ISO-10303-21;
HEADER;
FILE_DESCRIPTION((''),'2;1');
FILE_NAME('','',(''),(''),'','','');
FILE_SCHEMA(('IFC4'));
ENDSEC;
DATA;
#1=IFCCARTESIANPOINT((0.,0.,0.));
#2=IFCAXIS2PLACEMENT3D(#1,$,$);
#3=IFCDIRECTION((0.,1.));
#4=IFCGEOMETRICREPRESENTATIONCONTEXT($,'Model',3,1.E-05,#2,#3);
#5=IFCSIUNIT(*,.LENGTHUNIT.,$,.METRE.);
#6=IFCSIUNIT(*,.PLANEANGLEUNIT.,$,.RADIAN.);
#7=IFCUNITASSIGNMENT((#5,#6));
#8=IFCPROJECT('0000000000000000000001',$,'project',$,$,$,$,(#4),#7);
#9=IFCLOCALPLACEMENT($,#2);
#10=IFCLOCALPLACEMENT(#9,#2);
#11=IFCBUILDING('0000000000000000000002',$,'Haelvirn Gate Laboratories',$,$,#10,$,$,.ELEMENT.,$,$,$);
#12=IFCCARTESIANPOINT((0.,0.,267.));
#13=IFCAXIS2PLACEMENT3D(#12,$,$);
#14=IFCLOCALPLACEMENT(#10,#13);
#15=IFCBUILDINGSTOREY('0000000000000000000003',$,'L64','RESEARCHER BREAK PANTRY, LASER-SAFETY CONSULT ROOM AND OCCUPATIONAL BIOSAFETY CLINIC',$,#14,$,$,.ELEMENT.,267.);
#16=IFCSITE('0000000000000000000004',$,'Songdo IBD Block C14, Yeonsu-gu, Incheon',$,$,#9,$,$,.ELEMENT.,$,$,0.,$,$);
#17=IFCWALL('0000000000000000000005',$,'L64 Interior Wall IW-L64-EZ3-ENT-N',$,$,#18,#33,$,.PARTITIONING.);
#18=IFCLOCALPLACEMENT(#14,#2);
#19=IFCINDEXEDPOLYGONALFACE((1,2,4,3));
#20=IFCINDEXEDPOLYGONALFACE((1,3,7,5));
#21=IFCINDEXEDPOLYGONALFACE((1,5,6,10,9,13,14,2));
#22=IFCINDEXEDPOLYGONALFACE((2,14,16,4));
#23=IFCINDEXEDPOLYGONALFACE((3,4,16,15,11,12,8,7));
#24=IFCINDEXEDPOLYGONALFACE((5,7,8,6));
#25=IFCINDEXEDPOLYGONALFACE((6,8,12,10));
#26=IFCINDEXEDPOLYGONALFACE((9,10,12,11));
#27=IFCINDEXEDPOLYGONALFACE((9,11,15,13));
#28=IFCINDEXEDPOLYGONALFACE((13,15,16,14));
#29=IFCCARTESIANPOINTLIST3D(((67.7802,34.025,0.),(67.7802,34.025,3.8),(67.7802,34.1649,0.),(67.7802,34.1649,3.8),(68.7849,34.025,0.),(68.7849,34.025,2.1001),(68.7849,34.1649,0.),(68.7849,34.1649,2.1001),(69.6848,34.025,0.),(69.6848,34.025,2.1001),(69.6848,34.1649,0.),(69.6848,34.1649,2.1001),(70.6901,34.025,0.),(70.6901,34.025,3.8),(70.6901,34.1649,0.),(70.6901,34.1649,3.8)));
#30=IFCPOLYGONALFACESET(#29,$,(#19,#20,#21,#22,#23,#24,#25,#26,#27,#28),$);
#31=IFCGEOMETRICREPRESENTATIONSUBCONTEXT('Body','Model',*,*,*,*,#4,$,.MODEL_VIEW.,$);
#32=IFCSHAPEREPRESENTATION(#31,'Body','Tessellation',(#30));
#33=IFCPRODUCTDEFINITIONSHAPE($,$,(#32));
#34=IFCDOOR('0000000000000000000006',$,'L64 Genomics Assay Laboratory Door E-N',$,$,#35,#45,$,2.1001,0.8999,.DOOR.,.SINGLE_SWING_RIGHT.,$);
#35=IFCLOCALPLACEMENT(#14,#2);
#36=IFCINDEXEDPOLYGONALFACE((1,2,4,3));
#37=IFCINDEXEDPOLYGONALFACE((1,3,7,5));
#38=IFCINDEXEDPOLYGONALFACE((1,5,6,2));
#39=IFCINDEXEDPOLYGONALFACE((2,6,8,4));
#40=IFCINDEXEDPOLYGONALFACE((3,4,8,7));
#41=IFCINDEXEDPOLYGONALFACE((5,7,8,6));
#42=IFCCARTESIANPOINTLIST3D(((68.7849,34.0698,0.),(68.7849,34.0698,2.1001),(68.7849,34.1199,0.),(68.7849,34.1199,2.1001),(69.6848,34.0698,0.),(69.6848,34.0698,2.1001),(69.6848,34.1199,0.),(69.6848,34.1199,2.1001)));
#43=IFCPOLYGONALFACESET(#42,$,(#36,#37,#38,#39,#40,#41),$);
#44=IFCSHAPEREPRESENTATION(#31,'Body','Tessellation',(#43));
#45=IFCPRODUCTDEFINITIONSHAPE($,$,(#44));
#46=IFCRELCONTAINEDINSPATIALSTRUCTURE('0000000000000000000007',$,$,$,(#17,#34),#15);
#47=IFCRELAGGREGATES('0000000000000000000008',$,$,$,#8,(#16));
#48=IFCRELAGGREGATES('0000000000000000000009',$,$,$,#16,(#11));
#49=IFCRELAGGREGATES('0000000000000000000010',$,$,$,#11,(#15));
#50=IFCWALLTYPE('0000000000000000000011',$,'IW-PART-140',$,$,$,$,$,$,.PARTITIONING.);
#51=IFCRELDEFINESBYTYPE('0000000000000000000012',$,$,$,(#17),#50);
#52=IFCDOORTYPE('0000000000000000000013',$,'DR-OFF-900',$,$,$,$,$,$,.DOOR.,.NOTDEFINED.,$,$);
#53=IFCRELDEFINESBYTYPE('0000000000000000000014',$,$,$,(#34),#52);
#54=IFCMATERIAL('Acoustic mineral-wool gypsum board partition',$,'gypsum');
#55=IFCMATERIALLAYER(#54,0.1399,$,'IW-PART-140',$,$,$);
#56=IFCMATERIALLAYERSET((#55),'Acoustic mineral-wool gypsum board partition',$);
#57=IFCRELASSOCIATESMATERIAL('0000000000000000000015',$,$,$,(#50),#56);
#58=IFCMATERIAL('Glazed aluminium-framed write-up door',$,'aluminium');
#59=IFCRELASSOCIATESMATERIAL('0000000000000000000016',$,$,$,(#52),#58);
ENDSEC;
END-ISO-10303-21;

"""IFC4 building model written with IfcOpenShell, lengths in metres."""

from ifc_helpers import new_model, si_unit, direction, frame, frame_2d, origin, place, context, subcontext, project, spatial, rectangle, extrude, source, transform, mapped, material, layer, layer_set, type_object, type_shapes, element, fill, save


model = new_model("IFC4")

# Units and contexts
model_context = context("Model", 3, precision=1e-05, world=origin(), true_north=direction((0.0, 1.0)))
body_context = subcontext(model_context, "Body", "Model", "MODEL_VIEW")
ifc_project = project(units=[si_unit("LENGTHUNIT", "METRE"), si_unit("PLANEANGLEUNIT", "RADIAN")], contexts=[model_context])

# Site, building, storey
site_placement = place(None, origin())
site = spatial("IfcSite", under=ifc_project, at=site_placement, Name="Songdo IBD Block C14, Yeonsu-gu, Incheon", CompositionType="ELEMENT", RefElevation=0.0)
building_placement = place(site_placement, origin())
building = spatial("IfcBuilding", under=site, at=building_placement, Name="Haelvirn Gate Laboratories", CompositionType="ELEMENT")
storey_placement = place(building_placement, frame((0.0, 0.0, 267.0)))
storey = spatial("IfcBuildingStorey", under=building, at=storey_placement, Name="L64", Description="RESEARCHER BREAK PANTRY, LASER-SAFETY CONSULT ROOM AND OCCUPATIONAL BIOSAFETY CLINIC", CompositionType="ELEMENT", Elevation=267.0)

# Wall, opening, door
ifc_material_1 = material(Name="Acoustic mineral-wool gypsum board partition", Category="gypsum")
ifc_layer_1 = layer(ifc_material_1, 0.1399, Name="IW-PART-140")
ifc_layer_set_1 = layer_set([ifc_layer_1], Name="Acoustic mineral-wool gypsum board partition")
wall_type_1 = type_object("IfcWallType", Name="IW-PART-140", PredefinedType="PARTITIONING", material=ifc_layer_set_1)
wall_1_placement = place(storey_placement, frame((67.78, 34.095, 0.0), z_axis=(0.0, 0.0, 1.0), x_axis=(1.0, 0.0, 0.0)))
wall_1 = element("IfcWall", 1, at=wall_1_placement, inside=storey, type_object=wall_type_1, Name="L64 Interior Wall IW-L64-EZ3-ENT-N", PredefinedType="PARTITIONING", context=body_context, shape_type="SweptSolid", body=[
    extrude(rectangle(XDim=2.9099, YDim=0.1399, at=frame_2d((1.4551, 0.0))), origin(), (0.0, 0.0, 1.0), 3.8),
])
opening_placement = place(wall_1_placement, frame((1.0049, 0.0, 0.0)))
opening = element("IfcOpeningElement", 2, at=opening_placement, cuts=wall_1, PredefinedType="OPENING", context=body_context, shape_type="SweptSolid", body=[
    extrude(rectangle(XDim=0.8999, YDim=2.1001, at=frame_2d((0.45, 1.05))), frame((0.0, 0.0801, 0.0), z_axis=(0.0, -1.0, 0.0), x_axis=(1.0, 0.0, 0.0)), (0.0, 0.0, 1.0), 0.1599),
])
ifc_material_2 = material(Name="Glazed aluminium-framed write-up door", Category="aluminium")
door_type = type_object("IfcDoorType", Name="DR-OFF-900", OperationType="NOTDEFINED", PredefinedType="DOOR", material=ifc_material_2)
shared_shape_1 = source(origin(), body_context, "Body", "SweptSolid", [
    extrude(rectangle(XDim=0.8999, YDim=2.1001, at=frame_2d((0.45, 1.05))), frame((0.0, 0.0249, 0.0), z_axis=(0.0, -1.0, 0.0), x_axis=(1.0, 0.0, 0.0)), (0.0, 0.0, 1.0), 0.05),
])
type_shapes(door_type, [shared_shape_1])
door_placement = place(opening_placement, origin())
door = element("IfcDoor", 3, at=door_placement, inside=storey, type_object=door_type, Name="L64 Genomics Assay Laboratory Door E-N", OperationType="SINGLE_SWING_RIGHT", OverallHeight=2.1001, OverallWidth=0.8999, PredefinedType="DOOR", context=body_context, shape_type="MappedRepresentation", body=[
    mapped(shared_shape_1, transform((0.0, 0.0, 0.0), scale=1.0)),
])
fill(opening, door)

save(model, "model.ifc")
